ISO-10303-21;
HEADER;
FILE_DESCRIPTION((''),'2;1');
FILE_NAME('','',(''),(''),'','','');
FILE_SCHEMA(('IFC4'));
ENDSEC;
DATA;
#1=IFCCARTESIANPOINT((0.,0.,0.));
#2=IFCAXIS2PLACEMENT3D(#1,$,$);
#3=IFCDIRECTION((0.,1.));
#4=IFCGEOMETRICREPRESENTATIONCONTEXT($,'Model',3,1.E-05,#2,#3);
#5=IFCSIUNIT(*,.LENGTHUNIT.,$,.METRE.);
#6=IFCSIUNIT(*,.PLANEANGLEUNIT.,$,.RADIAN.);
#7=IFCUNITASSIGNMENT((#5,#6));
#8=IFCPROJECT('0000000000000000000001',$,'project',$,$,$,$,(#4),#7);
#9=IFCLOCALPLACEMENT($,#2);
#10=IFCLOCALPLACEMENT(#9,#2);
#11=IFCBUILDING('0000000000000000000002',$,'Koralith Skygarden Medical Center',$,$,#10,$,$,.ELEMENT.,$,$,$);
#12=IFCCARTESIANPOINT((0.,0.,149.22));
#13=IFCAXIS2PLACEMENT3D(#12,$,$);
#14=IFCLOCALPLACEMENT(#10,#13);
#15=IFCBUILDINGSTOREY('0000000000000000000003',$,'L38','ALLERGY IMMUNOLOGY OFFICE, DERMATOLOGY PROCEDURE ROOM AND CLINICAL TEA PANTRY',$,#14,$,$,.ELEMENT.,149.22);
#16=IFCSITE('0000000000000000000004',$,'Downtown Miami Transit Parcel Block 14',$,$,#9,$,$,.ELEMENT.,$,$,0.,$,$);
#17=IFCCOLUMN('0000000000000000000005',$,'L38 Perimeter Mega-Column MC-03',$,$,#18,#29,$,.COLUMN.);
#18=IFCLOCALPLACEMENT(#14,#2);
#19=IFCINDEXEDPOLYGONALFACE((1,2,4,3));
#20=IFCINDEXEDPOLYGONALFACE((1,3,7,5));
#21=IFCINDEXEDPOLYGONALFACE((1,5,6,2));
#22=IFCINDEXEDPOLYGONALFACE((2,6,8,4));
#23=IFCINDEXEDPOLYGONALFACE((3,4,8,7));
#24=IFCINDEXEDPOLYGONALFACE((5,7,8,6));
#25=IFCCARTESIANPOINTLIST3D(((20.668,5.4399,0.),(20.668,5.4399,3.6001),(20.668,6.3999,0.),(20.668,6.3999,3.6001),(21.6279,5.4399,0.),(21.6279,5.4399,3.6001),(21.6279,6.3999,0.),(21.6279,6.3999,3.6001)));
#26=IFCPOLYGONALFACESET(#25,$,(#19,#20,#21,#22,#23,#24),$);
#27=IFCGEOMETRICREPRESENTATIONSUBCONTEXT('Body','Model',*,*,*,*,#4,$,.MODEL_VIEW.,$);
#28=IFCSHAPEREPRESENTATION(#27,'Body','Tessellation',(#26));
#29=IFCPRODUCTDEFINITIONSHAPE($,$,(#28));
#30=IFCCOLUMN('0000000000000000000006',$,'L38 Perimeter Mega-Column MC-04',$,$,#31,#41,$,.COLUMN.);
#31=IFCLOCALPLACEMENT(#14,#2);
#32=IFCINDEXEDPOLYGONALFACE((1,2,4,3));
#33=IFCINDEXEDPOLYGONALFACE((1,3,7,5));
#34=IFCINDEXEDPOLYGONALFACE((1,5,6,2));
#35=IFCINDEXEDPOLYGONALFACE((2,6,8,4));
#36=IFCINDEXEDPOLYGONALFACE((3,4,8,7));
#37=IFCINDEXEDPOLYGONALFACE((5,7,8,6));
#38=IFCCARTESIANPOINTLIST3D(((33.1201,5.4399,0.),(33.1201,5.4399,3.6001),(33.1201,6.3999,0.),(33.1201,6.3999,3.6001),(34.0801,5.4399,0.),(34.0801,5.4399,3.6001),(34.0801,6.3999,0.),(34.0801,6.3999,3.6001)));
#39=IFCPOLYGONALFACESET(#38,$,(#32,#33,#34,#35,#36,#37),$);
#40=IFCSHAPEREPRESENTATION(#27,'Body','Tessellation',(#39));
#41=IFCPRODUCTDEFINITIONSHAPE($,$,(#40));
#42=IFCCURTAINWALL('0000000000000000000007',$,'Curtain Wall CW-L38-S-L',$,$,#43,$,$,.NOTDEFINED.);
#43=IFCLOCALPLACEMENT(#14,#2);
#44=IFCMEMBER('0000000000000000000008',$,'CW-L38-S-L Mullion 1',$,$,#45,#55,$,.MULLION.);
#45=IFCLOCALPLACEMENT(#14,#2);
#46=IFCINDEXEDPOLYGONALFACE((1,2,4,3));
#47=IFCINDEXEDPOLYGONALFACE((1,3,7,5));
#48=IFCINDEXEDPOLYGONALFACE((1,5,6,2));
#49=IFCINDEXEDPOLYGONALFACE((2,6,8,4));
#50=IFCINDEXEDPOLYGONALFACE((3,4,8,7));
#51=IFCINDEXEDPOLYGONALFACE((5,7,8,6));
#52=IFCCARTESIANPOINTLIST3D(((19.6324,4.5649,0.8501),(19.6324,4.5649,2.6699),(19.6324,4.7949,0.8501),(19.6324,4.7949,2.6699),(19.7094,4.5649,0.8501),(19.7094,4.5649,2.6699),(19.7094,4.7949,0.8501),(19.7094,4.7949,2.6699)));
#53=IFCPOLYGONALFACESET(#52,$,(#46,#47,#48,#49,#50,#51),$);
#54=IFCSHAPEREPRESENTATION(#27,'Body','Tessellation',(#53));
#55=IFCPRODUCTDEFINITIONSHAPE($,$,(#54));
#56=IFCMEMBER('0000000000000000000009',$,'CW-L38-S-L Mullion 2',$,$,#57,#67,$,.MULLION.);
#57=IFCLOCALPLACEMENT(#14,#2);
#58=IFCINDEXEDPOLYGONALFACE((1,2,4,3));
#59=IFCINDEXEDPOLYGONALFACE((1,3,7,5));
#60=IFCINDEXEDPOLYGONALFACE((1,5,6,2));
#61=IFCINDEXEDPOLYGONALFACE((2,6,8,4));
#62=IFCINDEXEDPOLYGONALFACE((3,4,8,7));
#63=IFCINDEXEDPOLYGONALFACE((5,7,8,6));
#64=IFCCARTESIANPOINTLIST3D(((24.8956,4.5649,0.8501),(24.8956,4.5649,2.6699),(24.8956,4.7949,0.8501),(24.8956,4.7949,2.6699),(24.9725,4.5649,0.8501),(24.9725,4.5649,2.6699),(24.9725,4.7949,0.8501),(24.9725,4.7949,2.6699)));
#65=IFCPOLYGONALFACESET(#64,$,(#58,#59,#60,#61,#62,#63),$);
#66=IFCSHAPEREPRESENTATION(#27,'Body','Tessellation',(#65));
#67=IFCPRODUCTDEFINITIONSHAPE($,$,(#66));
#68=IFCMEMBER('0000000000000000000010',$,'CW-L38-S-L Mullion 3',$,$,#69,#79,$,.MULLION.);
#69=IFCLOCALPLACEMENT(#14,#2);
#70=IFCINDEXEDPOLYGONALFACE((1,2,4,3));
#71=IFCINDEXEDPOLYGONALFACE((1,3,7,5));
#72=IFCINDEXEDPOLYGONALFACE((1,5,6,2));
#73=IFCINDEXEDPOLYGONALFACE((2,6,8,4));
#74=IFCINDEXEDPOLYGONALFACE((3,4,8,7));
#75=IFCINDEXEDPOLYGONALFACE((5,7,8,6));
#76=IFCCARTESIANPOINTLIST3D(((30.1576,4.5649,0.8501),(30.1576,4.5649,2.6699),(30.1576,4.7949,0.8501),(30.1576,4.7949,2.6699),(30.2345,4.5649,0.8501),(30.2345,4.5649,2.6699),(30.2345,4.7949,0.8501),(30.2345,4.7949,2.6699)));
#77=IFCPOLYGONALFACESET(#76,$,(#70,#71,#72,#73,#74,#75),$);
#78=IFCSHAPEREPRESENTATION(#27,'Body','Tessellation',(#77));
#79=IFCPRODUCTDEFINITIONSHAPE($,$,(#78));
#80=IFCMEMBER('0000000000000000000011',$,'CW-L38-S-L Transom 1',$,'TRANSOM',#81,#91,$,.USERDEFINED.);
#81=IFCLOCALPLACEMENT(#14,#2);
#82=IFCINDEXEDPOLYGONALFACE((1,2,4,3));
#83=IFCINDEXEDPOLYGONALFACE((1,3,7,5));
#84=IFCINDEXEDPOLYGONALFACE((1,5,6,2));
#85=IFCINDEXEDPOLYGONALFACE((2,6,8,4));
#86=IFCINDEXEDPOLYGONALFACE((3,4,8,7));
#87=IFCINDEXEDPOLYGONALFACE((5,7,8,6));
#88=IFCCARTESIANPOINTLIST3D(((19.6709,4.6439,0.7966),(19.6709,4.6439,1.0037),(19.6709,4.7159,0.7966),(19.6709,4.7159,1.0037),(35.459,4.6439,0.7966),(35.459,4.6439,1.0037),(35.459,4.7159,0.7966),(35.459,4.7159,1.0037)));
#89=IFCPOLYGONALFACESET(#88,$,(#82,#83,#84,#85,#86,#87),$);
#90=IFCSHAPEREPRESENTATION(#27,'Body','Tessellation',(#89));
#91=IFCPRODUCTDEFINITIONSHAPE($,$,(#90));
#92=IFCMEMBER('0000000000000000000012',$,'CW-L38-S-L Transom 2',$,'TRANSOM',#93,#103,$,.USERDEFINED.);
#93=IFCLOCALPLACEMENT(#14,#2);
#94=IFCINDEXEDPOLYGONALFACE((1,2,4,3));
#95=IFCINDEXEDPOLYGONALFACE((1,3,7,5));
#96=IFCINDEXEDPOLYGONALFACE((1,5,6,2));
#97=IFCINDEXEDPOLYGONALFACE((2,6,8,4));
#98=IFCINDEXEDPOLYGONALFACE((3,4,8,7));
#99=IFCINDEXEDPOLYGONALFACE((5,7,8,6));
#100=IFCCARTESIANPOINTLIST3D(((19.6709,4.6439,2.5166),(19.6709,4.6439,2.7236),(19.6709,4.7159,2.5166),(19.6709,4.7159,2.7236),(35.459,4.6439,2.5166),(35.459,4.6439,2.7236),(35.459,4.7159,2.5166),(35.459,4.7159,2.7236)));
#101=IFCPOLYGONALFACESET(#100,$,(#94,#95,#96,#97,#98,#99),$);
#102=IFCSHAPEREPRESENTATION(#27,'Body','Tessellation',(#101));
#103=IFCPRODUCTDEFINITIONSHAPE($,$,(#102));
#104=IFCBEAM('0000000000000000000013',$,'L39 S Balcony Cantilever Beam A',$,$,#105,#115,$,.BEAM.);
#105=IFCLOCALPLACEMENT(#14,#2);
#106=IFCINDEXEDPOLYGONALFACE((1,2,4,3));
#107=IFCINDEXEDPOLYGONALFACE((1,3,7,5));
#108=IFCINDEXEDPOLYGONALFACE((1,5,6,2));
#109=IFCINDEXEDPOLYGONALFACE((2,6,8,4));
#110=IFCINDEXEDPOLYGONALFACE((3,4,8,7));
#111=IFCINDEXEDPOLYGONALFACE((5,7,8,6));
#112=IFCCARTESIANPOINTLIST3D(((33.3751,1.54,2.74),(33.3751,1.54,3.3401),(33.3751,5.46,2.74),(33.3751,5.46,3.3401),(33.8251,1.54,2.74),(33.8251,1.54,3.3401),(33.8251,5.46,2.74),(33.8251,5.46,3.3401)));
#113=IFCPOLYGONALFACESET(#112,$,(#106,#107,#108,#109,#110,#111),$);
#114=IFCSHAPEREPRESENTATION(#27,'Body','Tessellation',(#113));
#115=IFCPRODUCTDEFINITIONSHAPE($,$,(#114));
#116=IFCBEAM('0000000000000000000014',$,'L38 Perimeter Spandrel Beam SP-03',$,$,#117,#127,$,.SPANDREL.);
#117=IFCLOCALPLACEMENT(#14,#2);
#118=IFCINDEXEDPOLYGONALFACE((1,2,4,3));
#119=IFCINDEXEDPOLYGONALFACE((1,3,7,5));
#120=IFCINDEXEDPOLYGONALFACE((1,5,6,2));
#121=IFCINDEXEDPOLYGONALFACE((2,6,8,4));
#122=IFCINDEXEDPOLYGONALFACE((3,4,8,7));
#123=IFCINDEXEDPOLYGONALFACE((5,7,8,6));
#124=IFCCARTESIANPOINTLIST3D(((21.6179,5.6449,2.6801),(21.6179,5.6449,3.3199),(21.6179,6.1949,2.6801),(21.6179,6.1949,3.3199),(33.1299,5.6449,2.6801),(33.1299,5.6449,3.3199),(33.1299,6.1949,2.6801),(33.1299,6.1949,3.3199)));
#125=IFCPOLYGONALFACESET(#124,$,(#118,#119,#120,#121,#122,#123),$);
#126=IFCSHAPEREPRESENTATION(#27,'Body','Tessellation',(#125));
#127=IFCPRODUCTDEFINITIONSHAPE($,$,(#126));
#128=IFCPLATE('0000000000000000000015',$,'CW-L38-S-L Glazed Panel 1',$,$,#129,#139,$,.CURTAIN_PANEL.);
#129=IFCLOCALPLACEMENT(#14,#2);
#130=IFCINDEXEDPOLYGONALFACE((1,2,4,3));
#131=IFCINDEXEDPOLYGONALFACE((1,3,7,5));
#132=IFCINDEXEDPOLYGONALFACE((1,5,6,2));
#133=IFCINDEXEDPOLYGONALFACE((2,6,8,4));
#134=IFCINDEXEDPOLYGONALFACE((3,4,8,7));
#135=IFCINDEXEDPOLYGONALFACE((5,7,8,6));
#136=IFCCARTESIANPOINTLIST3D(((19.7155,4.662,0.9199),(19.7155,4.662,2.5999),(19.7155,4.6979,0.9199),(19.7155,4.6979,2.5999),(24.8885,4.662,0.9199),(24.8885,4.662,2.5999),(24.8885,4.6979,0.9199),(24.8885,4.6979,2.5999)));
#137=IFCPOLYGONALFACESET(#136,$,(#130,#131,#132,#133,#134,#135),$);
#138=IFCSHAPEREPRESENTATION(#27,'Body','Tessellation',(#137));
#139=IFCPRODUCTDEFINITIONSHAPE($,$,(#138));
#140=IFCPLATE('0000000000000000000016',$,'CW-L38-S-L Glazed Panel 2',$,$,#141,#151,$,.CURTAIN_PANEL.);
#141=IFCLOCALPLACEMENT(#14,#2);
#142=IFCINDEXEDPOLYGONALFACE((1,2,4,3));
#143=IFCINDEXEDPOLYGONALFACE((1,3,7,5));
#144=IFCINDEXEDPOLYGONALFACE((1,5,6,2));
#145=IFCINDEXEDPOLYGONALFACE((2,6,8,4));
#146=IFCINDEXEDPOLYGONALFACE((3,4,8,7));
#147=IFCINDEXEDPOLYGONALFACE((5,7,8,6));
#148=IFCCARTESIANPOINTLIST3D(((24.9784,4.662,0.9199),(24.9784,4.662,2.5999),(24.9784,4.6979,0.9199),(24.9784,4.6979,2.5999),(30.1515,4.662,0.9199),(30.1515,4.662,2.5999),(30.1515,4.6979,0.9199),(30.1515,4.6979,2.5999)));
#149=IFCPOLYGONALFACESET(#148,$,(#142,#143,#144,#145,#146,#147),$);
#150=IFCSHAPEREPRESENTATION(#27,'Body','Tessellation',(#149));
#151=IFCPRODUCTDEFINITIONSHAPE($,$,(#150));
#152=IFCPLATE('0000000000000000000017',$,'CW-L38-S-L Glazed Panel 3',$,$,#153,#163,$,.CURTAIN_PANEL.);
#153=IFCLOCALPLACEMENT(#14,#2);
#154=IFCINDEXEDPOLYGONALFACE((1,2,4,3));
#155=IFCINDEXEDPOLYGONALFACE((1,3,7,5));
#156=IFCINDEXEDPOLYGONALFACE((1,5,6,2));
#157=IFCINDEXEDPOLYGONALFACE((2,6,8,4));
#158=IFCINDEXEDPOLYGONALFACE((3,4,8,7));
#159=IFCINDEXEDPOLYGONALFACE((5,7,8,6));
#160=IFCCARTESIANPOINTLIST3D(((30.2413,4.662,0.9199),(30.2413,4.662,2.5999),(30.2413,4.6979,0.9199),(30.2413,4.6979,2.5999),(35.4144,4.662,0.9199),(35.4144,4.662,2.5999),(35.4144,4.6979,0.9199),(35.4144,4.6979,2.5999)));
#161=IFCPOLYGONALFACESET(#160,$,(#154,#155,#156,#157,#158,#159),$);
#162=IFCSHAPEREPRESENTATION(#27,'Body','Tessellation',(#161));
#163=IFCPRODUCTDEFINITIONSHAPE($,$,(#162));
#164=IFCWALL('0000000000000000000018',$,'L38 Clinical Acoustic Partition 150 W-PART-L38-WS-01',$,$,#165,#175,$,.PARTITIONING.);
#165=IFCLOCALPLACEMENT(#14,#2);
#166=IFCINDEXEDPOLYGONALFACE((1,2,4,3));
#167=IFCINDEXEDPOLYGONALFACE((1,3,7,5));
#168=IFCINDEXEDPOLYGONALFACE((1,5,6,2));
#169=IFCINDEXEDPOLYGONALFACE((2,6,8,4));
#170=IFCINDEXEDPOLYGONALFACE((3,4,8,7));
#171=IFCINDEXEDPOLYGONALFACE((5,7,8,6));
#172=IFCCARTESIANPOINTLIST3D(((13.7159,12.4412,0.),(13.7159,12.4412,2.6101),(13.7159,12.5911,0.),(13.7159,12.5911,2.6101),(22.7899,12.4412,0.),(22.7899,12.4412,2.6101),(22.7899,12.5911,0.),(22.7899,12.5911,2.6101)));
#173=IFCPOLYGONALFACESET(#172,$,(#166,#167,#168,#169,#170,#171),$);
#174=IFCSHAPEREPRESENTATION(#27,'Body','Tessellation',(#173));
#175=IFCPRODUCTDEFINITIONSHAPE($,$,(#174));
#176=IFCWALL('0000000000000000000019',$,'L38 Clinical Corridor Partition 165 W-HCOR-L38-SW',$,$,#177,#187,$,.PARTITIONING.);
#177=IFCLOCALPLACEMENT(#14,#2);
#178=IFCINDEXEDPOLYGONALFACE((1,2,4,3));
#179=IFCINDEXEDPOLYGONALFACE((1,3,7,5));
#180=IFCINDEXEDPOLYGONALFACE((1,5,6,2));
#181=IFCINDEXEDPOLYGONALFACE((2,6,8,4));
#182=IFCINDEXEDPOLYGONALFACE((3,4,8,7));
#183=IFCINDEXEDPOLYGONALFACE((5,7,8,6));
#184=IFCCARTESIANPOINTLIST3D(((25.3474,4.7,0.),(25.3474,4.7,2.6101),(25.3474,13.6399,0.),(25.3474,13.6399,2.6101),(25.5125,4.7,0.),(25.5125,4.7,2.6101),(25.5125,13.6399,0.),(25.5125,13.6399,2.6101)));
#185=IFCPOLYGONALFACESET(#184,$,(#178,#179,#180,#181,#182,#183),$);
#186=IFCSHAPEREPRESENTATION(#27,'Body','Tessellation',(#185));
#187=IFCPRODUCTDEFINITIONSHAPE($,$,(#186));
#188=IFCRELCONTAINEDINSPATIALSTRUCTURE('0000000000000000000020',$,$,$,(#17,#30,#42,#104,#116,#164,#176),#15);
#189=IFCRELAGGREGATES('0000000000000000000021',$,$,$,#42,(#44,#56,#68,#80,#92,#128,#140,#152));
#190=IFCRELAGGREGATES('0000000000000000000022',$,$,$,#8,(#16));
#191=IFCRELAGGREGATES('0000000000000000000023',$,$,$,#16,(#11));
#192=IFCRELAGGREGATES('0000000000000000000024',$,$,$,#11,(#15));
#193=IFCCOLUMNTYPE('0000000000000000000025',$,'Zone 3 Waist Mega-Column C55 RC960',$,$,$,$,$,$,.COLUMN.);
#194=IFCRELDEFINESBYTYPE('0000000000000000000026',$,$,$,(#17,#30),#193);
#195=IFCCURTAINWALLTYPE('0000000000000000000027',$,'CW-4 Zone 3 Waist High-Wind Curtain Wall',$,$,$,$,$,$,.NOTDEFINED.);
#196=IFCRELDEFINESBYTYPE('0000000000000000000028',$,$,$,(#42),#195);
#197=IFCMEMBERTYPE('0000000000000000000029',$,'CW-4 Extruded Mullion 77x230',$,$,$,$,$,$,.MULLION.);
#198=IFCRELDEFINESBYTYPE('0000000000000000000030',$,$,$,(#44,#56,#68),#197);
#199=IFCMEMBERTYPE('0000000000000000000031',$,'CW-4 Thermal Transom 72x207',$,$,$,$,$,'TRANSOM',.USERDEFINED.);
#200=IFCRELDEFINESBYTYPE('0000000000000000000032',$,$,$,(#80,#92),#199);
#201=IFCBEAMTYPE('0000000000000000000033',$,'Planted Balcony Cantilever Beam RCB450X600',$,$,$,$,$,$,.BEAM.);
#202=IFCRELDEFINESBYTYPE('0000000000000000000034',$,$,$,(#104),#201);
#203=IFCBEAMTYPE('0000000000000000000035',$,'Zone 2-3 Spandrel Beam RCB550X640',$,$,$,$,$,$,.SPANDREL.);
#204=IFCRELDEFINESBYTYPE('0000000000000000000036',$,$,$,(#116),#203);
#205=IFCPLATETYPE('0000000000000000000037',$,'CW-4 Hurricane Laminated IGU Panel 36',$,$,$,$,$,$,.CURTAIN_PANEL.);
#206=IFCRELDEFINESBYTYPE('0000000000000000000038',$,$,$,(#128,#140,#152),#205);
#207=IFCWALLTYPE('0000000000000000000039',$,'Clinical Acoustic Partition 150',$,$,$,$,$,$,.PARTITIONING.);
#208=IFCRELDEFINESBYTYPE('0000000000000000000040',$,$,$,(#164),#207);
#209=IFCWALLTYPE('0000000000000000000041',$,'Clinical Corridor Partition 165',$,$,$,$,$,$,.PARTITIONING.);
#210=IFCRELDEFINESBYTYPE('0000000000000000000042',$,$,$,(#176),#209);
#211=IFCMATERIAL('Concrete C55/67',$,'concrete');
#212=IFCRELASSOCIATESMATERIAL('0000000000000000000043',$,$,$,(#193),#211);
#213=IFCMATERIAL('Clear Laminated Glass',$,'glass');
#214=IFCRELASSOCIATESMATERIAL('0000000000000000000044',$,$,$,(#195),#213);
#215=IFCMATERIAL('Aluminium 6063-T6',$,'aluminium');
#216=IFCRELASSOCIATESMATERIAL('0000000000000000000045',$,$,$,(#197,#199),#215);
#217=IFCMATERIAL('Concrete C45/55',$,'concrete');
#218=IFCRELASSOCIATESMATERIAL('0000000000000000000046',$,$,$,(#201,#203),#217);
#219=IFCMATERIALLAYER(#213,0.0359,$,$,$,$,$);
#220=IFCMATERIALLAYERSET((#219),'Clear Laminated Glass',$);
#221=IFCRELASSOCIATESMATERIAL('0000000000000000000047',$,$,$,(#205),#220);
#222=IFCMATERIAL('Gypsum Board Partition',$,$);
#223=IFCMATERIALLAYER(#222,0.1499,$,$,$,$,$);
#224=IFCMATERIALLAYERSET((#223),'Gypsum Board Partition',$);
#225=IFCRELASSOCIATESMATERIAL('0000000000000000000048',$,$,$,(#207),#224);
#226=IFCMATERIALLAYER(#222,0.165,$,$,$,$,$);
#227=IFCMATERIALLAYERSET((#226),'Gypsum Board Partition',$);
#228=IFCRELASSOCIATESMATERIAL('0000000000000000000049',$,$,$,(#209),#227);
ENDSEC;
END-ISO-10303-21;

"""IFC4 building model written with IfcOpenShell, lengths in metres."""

from ifc_helpers import new_model, si_unit, direction, frame, frame_2d, origin, origin_2d, place, context, subcontext, project, spatial, rectangle, extrude, material, layer, layer_set, material_profile, profile_set, type_object, element, aggregate, save


model = new_model("IFC4")

# Units and contexts
model_context = context("Model", 3, precision=1e-05, world=origin(), true_north=direction((0.0, 1.0)))
body_context = subcontext(model_context, "Body", "Model", "MODEL_VIEW")
ifc_project = project(units=[si_unit("LENGTHUNIT", "METRE"), si_unit("PLANEANGLEUNIT", "RADIAN")], contexts=[model_context])

# Site, building, storey
site_placement = place(None, origin())
site = spatial("IfcSite", under=ifc_project, at=site_placement, Name="Downtown Miami Transit Parcel Block 14", CompositionType="ELEMENT", RefElevation=0.0)
building_placement = place(site_placement, origin())
building = spatial("IfcBuilding", under=site, at=building_placement, Name="Koralith Skygarden Medical Center", CompositionType="ELEMENT")
storey_placement = place(building_placement, frame((0.0, 0.0, 149.22)))
storey = spatial("IfcBuildingStorey", under=building, at=storey_placement, Name="L38", Description="ALLERGY IMMUNOLOGY OFFICE, DERMATOLOGY PROCEDURE ROOM AND CLINICAL TEA PANTRY", CompositionType="ELEMENT", Elevation=149.22)

# Columns
ifc_material_1 = material(Name="Concrete C55/67", Category="concrete")
ifc_material_profile_1 = material_profile(ifc_material_1, rectangle(XDim=0.96, YDim=0.96, at=origin_2d()), Name="RC960X960")
ifc_profile_set_1 = profile_set([ifc_material_profile_1], Name="Concrete C55/67")
column_type = type_object("IfcColumnType", Name="Zone 3 Waist Mega-Column C55 RC960", PredefinedType="COLUMN", material=ifc_profile_set_1)
for number, where, z_axis, x_axis, name in (
    (1, (21.1479, 5.9199, 0.0), (0.0, 0.0, 1.0), (1.0, 0.0, 0.0), "L38 Perimeter Mega-Column MC-03"),
    (2, (33.6001, 5.9199, 0.0), (0.0, 0.0, 1.0), (1.0, 0.0, 0.0), "L38 Perimeter Mega-Column MC-04"),
):
    element("IfcColumn", number, at=place(storey_placement, frame(where, z_axis=z_axis, x_axis=x_axis)), inside=storey, type_object=column_type, Name=name, PredefinedType="COLUMN", context=body_context, shape_type="SweptSolid", body=[
        extrude(rectangle(XDim=0.96, YDim=0.96, at=origin_2d()), origin(), (0.0, 0.0, 1.0), 3.6001),
    ])

# Curtain wall, members
ifc_material_2 = material(Name="Clear Laminated Glass", Category="glass")
curtain_wall_type = type_object("IfcCurtainWallType", Name="CW-4 Zone 3 Waist High-Wind Curtain Wall", PredefinedType="NOTDEFINED", material=ifc_material_2)
curtain_wall_placement = place(storey_placement, origin())
curtain_wall = element("IfcCurtainWall", 3, at=curtain_wall_placement, inside=storey, type_object=curtain_wall_type, Name="Curtain Wall CW-L38-S-L", PredefinedType="NOTDEFINED")
ifc_material_3 = material(Name="Aluminium 6063-T6", Category="aluminium")
ifc_material_profile_2 = material_profile(ifc_material_3, rectangle(XDim=0.0769, YDim=0.23, at=origin_2d()), Name="MUL77X230")
ifc_profile_set_2 = profile_set([ifc_material_profile_2], Name="Aluminium 6063-T6")
member_type_1 = type_object("IfcMemberType", Name="CW-4 Extruded Mullion 77x230", PredefinedType="MULLION", material=ifc_profile_set_2)
member_1_placement = place(storey_placement, frame((19.6709, 4.6799, 0.8501), z_axis=(0.0, 0.0, 1.0), x_axis=(1.0, 0.0, 0.0)))
member_1 = element("IfcMember", 4, at=member_1_placement, type_object=member_type_1, Name="CW-L38-S-L Mullion 1", PredefinedType="MULLION", context=body_context, shape_type="SweptSolid", body=[
    extrude(rectangle(XDim=0.0769, YDim=0.23, at=origin_2d()), origin(), (0.0, 0.0, 1.0), 1.8198),
])
member_2_placement = place(storey_placement, frame((24.9341, 4.6799, 0.8501), z_axis=(0.0, 0.0, 1.0), x_axis=(1.0, 0.0, 0.0)))
member_2 = element("IfcMember", 5, at=member_2_placement, type_object=member_type_1, Name="CW-L38-S-L Mullion 2", PredefinedType="MULLION", context=body_context, shape_type="SweptSolid", body=[
    extrude(rectangle(XDim=0.0769, YDim=0.23, at=origin_2d()), origin(), (0.0, 0.0, 1.0), 1.8198),
])
member_3_placement = place(storey_placement, frame((30.196, 4.6799, 0.8501), z_axis=(0.0, 0.0, 1.0), x_axis=(1.0, 0.0, 0.0)))
member_3 = element("IfcMember", 6, at=member_3_placement, type_object=member_type_1, Name="CW-L38-S-L Mullion 3", PredefinedType="MULLION", context=body_context, shape_type="SweptSolid", body=[
    extrude(rectangle(XDim=0.0769, YDim=0.23, at=origin_2d()), origin(), (0.0, 0.0, 1.0), 1.8198),
])
ifc_material_profile_3 = material_profile(ifc_material_3, rectangle(XDim=0.072, YDim=0.207, at=origin_2d()), Name="TRN72X207")
ifc_profile_set_3 = profile_set([ifc_material_profile_3], Name="Aluminium 6063-T6")
member_type_2 = type_object("IfcMemberType", Name="CW-4 Thermal Transom 72x207", ElementType="TRANSOM", PredefinedType="USERDEFINED", material=ifc_profile_set_3)
member_4_placement = place(storey_placement, frame((19.6709, 4.6799, 0.9001), z_axis=(1.0, 0.0, 0.0), x_axis=(0.0, 1.0, 0.0)))
member_4 = element("IfcMember", 7, at=member_4_placement, type_object=member_type_2, Name="CW-L38-S-L Transom 1", ObjectType="TRANSOM", PredefinedType="USERDEFINED", context=body_context, shape_type="SweptSolid", body=[
    extrude(rectangle(XDim=0.072, YDim=0.207, at=origin_2d()), origin(), (0.0, 0.0, 1.0), 15.7881),
])
member_5_placement = place(storey_placement, frame((19.6709, 4.6799, 2.6201), z_axis=(1.0, 0.0, 0.0), x_axis=(0.0, 1.0, 0.0)))
member_5 = element("IfcMember", 8, at=member_5_placement, type_object=member_type_2, Name="CW-L38-S-L Transom 2", ObjectType="TRANSOM", PredefinedType="USERDEFINED", context=body_context, shape_type="SweptSolid", body=[
    extrude(rectangle(XDim=0.072, YDim=0.207, at=origin_2d()), origin(), (0.0, 0.0, 1.0), 15.7881),
])

# Beams
ifc_material_4 = material(Name="Concrete C45/55", Category="concrete")
ifc_material_profile_4 = material_profile(ifc_material_4, rectangle(XDim=0.45, YDim=0.6001, at=origin_2d()), Name="RCB450X600")
ifc_profile_set_4 = profile_set([ifc_material_profile_4], Name="Concrete C45/55")
beam_type_1 = type_object("IfcBeamType", Name="Planted Balcony Cantilever Beam RCB450X600", PredefinedType="BEAM", material=ifc_profile_set_4)
beam_1_placement = place(storey_placement, frame((33.6001, 5.46, 3.04), z_axis=(0.0, -1.0, 0.0), x_axis=(1.0, 0.0, 0.0)))
element("IfcBeam", 9, at=beam_1_placement, inside=storey, type_object=beam_type_1, Name="L39 S Balcony Cantilever Beam A", PredefinedType="BEAM", context=body_context, shape_type="SweptSolid", body=[
    extrude(rectangle(XDim=0.45, YDim=0.6001, at=origin_2d()), origin(), (0.0, 0.0, 1.0), 3.9199),
])
ifc_material_profile_5 = material_profile(ifc_material_4, rectangle(XDim=0.55, YDim=0.6399, at=origin_2d()), Name="RCB550X640")
ifc_profile_set_5 = profile_set([ifc_material_profile_5], Name="Concrete C45/55")
beam_type_2 = type_object("IfcBeamType", Name="Zone 2-3 Spandrel Beam RCB550X640", PredefinedType="SPANDREL", material=ifc_profile_set_5)
beam_2_placement = place(storey_placement, frame((21.6179, 5.9199, 3.0), z_axis=(1.0, 0.0, 0.0), x_axis=(0.0, 1.0, 0.0)))
element("IfcBeam", 10, at=beam_2_placement, inside=storey, type_object=beam_type_2, Name="L38 Perimeter Spandrel Beam SP-03", PredefinedType="SPANDREL", context=body_context, shape_type="SweptSolid", body=[
    extrude(rectangle(XDim=0.55, YDim=0.6399, at=origin_2d()), origin(), (0.0, 0.0, 1.0), 11.512),
])

# Plates
ifc_layer_1 = layer(ifc_material_2, 0.0359)
ifc_layer_set_1 = layer_set([ifc_layer_1], Name="Clear Laminated Glass")
plate_type = type_object("IfcPlateType", Name="CW-4 Hurricane Laminated IGU Panel 36", PredefinedType="CURTAIN_PANEL", material=ifc_layer_set_1)
plate_1_placement = place(storey_placement, frame((22.302, 4.6799, 0.9199), z_axis=(0.0, 0.0, 1.0), x_axis=(1.0, 0.0, 0.0)))
plate_1 = element("IfcPlate", 11, at=plate_1_placement, type_object=plate_type, Name="CW-L38-S-L Glazed Panel 1", PredefinedType="CURTAIN_PANEL", context=body_context, shape_type="SweptSolid", body=[
    extrude(rectangle(XDim=5.1731, YDim=0.0359, at=origin_2d()), origin(), (0.0, 0.0, 1.0), 1.6799),
])
plate_2_placement = place(storey_placement, frame((27.5649, 4.6799, 0.9199), z_axis=(0.0, 0.0, 1.0), x_axis=(1.0, 0.0, 0.0)))
plate_2 = element("IfcPlate", 12, at=plate_2_placement, type_object=plate_type, Name="CW-L38-S-L Glazed Panel 2", PredefinedType="CURTAIN_PANEL", context=body_context, shape_type="SweptSolid", body=[
    extrude(rectangle(XDim=5.1731, YDim=0.0359, at=origin_2d()), origin(), (0.0, 0.0, 1.0), 1.6799),
])
plate_3_placement = place(storey_placement, frame((32.8279, 4.6799, 0.9199), z_axis=(0.0, 0.0, 1.0), x_axis=(1.0, 0.0, 0.0)))
plate_3 = element("IfcPlate", 13, at=plate_3_placement, type_object=plate_type, Name="CW-L38-S-L Glazed Panel 3", PredefinedType="CURTAIN_PANEL", context=body_context, shape_type="SweptSolid", body=[
    extrude(rectangle(XDim=5.1731, YDim=0.0359, at=origin_2d()), origin(), (0.0, 0.0, 1.0), 1.6799),
])
aggregate(curtain_wall, [member_1, member_2, member_3, member_4, member_5, plate_1, plate_2, plate_3])

# Walls
ifc_material_5 = material(Name="Gypsum Board Partition")
ifc_layer_2 = layer(ifc_material_5, 0.1499)
ifc_layer_set_2 = layer_set([ifc_layer_2], Name="Gypsum Board Partition")
wall_type_1 = type_object("IfcWallType", Name="Clinical Acoustic Partition 150", PredefinedType="PARTITIONING", material=ifc_layer_set_2)
wall_1_placement = place(storey_placement, frame((22.79, 12.5161, 0.0), z_axis=(0.0, 0.0, 1.0), x_axis=(-1.0, 0.0, 0.0)))
element("IfcWall", 14, at=wall_1_placement, inside=storey, type_object=wall_type_1, Name="L38 Clinical Acoustic Partition 150 W-PART-L38-WS-01", PredefinedType="PARTITIONING", context=body_context, shape_type="SweptSolid", body=[
    extrude(rectangle(XDim=9.074, YDim=0.1499, at=frame_2d((4.5371, 0.0))), origin(), (0.0, 0.0, 1.0), 2.6101),
])
ifc_layer_3 = layer(ifc_material_5, 0.165)
ifc_layer_set_3 = layer_set([ifc_layer_3], Name="Gypsum Board Partition")
wall_type_2 = type_object("IfcWallType", Name="Clinical Corridor Partition 165", PredefinedType="PARTITIONING", material=ifc_layer_set_3)
wall_2_placement = place(storey_placement, frame((25.4299, 4.7, 0.0), z_axis=(0.0, 0.0, 1.0), x_axis=(0.0, 1.0, 0.0)))
element("IfcWall", 15, at=wall_2_placement, inside=storey, type_object=wall_type_2, Name="L38 Clinical Corridor Partition 165 W-HCOR-L38-SW", PredefinedType="PARTITIONING", context=body_context, shape_type="SweptSolid", body=[
    extrude(rectangle(XDim=8.9399, YDim=0.165, at=frame_2d((4.47, 0.0))), origin(), (0.0, 0.0, 1.0), 2.6101),
])

save(model, "model.ifc")
